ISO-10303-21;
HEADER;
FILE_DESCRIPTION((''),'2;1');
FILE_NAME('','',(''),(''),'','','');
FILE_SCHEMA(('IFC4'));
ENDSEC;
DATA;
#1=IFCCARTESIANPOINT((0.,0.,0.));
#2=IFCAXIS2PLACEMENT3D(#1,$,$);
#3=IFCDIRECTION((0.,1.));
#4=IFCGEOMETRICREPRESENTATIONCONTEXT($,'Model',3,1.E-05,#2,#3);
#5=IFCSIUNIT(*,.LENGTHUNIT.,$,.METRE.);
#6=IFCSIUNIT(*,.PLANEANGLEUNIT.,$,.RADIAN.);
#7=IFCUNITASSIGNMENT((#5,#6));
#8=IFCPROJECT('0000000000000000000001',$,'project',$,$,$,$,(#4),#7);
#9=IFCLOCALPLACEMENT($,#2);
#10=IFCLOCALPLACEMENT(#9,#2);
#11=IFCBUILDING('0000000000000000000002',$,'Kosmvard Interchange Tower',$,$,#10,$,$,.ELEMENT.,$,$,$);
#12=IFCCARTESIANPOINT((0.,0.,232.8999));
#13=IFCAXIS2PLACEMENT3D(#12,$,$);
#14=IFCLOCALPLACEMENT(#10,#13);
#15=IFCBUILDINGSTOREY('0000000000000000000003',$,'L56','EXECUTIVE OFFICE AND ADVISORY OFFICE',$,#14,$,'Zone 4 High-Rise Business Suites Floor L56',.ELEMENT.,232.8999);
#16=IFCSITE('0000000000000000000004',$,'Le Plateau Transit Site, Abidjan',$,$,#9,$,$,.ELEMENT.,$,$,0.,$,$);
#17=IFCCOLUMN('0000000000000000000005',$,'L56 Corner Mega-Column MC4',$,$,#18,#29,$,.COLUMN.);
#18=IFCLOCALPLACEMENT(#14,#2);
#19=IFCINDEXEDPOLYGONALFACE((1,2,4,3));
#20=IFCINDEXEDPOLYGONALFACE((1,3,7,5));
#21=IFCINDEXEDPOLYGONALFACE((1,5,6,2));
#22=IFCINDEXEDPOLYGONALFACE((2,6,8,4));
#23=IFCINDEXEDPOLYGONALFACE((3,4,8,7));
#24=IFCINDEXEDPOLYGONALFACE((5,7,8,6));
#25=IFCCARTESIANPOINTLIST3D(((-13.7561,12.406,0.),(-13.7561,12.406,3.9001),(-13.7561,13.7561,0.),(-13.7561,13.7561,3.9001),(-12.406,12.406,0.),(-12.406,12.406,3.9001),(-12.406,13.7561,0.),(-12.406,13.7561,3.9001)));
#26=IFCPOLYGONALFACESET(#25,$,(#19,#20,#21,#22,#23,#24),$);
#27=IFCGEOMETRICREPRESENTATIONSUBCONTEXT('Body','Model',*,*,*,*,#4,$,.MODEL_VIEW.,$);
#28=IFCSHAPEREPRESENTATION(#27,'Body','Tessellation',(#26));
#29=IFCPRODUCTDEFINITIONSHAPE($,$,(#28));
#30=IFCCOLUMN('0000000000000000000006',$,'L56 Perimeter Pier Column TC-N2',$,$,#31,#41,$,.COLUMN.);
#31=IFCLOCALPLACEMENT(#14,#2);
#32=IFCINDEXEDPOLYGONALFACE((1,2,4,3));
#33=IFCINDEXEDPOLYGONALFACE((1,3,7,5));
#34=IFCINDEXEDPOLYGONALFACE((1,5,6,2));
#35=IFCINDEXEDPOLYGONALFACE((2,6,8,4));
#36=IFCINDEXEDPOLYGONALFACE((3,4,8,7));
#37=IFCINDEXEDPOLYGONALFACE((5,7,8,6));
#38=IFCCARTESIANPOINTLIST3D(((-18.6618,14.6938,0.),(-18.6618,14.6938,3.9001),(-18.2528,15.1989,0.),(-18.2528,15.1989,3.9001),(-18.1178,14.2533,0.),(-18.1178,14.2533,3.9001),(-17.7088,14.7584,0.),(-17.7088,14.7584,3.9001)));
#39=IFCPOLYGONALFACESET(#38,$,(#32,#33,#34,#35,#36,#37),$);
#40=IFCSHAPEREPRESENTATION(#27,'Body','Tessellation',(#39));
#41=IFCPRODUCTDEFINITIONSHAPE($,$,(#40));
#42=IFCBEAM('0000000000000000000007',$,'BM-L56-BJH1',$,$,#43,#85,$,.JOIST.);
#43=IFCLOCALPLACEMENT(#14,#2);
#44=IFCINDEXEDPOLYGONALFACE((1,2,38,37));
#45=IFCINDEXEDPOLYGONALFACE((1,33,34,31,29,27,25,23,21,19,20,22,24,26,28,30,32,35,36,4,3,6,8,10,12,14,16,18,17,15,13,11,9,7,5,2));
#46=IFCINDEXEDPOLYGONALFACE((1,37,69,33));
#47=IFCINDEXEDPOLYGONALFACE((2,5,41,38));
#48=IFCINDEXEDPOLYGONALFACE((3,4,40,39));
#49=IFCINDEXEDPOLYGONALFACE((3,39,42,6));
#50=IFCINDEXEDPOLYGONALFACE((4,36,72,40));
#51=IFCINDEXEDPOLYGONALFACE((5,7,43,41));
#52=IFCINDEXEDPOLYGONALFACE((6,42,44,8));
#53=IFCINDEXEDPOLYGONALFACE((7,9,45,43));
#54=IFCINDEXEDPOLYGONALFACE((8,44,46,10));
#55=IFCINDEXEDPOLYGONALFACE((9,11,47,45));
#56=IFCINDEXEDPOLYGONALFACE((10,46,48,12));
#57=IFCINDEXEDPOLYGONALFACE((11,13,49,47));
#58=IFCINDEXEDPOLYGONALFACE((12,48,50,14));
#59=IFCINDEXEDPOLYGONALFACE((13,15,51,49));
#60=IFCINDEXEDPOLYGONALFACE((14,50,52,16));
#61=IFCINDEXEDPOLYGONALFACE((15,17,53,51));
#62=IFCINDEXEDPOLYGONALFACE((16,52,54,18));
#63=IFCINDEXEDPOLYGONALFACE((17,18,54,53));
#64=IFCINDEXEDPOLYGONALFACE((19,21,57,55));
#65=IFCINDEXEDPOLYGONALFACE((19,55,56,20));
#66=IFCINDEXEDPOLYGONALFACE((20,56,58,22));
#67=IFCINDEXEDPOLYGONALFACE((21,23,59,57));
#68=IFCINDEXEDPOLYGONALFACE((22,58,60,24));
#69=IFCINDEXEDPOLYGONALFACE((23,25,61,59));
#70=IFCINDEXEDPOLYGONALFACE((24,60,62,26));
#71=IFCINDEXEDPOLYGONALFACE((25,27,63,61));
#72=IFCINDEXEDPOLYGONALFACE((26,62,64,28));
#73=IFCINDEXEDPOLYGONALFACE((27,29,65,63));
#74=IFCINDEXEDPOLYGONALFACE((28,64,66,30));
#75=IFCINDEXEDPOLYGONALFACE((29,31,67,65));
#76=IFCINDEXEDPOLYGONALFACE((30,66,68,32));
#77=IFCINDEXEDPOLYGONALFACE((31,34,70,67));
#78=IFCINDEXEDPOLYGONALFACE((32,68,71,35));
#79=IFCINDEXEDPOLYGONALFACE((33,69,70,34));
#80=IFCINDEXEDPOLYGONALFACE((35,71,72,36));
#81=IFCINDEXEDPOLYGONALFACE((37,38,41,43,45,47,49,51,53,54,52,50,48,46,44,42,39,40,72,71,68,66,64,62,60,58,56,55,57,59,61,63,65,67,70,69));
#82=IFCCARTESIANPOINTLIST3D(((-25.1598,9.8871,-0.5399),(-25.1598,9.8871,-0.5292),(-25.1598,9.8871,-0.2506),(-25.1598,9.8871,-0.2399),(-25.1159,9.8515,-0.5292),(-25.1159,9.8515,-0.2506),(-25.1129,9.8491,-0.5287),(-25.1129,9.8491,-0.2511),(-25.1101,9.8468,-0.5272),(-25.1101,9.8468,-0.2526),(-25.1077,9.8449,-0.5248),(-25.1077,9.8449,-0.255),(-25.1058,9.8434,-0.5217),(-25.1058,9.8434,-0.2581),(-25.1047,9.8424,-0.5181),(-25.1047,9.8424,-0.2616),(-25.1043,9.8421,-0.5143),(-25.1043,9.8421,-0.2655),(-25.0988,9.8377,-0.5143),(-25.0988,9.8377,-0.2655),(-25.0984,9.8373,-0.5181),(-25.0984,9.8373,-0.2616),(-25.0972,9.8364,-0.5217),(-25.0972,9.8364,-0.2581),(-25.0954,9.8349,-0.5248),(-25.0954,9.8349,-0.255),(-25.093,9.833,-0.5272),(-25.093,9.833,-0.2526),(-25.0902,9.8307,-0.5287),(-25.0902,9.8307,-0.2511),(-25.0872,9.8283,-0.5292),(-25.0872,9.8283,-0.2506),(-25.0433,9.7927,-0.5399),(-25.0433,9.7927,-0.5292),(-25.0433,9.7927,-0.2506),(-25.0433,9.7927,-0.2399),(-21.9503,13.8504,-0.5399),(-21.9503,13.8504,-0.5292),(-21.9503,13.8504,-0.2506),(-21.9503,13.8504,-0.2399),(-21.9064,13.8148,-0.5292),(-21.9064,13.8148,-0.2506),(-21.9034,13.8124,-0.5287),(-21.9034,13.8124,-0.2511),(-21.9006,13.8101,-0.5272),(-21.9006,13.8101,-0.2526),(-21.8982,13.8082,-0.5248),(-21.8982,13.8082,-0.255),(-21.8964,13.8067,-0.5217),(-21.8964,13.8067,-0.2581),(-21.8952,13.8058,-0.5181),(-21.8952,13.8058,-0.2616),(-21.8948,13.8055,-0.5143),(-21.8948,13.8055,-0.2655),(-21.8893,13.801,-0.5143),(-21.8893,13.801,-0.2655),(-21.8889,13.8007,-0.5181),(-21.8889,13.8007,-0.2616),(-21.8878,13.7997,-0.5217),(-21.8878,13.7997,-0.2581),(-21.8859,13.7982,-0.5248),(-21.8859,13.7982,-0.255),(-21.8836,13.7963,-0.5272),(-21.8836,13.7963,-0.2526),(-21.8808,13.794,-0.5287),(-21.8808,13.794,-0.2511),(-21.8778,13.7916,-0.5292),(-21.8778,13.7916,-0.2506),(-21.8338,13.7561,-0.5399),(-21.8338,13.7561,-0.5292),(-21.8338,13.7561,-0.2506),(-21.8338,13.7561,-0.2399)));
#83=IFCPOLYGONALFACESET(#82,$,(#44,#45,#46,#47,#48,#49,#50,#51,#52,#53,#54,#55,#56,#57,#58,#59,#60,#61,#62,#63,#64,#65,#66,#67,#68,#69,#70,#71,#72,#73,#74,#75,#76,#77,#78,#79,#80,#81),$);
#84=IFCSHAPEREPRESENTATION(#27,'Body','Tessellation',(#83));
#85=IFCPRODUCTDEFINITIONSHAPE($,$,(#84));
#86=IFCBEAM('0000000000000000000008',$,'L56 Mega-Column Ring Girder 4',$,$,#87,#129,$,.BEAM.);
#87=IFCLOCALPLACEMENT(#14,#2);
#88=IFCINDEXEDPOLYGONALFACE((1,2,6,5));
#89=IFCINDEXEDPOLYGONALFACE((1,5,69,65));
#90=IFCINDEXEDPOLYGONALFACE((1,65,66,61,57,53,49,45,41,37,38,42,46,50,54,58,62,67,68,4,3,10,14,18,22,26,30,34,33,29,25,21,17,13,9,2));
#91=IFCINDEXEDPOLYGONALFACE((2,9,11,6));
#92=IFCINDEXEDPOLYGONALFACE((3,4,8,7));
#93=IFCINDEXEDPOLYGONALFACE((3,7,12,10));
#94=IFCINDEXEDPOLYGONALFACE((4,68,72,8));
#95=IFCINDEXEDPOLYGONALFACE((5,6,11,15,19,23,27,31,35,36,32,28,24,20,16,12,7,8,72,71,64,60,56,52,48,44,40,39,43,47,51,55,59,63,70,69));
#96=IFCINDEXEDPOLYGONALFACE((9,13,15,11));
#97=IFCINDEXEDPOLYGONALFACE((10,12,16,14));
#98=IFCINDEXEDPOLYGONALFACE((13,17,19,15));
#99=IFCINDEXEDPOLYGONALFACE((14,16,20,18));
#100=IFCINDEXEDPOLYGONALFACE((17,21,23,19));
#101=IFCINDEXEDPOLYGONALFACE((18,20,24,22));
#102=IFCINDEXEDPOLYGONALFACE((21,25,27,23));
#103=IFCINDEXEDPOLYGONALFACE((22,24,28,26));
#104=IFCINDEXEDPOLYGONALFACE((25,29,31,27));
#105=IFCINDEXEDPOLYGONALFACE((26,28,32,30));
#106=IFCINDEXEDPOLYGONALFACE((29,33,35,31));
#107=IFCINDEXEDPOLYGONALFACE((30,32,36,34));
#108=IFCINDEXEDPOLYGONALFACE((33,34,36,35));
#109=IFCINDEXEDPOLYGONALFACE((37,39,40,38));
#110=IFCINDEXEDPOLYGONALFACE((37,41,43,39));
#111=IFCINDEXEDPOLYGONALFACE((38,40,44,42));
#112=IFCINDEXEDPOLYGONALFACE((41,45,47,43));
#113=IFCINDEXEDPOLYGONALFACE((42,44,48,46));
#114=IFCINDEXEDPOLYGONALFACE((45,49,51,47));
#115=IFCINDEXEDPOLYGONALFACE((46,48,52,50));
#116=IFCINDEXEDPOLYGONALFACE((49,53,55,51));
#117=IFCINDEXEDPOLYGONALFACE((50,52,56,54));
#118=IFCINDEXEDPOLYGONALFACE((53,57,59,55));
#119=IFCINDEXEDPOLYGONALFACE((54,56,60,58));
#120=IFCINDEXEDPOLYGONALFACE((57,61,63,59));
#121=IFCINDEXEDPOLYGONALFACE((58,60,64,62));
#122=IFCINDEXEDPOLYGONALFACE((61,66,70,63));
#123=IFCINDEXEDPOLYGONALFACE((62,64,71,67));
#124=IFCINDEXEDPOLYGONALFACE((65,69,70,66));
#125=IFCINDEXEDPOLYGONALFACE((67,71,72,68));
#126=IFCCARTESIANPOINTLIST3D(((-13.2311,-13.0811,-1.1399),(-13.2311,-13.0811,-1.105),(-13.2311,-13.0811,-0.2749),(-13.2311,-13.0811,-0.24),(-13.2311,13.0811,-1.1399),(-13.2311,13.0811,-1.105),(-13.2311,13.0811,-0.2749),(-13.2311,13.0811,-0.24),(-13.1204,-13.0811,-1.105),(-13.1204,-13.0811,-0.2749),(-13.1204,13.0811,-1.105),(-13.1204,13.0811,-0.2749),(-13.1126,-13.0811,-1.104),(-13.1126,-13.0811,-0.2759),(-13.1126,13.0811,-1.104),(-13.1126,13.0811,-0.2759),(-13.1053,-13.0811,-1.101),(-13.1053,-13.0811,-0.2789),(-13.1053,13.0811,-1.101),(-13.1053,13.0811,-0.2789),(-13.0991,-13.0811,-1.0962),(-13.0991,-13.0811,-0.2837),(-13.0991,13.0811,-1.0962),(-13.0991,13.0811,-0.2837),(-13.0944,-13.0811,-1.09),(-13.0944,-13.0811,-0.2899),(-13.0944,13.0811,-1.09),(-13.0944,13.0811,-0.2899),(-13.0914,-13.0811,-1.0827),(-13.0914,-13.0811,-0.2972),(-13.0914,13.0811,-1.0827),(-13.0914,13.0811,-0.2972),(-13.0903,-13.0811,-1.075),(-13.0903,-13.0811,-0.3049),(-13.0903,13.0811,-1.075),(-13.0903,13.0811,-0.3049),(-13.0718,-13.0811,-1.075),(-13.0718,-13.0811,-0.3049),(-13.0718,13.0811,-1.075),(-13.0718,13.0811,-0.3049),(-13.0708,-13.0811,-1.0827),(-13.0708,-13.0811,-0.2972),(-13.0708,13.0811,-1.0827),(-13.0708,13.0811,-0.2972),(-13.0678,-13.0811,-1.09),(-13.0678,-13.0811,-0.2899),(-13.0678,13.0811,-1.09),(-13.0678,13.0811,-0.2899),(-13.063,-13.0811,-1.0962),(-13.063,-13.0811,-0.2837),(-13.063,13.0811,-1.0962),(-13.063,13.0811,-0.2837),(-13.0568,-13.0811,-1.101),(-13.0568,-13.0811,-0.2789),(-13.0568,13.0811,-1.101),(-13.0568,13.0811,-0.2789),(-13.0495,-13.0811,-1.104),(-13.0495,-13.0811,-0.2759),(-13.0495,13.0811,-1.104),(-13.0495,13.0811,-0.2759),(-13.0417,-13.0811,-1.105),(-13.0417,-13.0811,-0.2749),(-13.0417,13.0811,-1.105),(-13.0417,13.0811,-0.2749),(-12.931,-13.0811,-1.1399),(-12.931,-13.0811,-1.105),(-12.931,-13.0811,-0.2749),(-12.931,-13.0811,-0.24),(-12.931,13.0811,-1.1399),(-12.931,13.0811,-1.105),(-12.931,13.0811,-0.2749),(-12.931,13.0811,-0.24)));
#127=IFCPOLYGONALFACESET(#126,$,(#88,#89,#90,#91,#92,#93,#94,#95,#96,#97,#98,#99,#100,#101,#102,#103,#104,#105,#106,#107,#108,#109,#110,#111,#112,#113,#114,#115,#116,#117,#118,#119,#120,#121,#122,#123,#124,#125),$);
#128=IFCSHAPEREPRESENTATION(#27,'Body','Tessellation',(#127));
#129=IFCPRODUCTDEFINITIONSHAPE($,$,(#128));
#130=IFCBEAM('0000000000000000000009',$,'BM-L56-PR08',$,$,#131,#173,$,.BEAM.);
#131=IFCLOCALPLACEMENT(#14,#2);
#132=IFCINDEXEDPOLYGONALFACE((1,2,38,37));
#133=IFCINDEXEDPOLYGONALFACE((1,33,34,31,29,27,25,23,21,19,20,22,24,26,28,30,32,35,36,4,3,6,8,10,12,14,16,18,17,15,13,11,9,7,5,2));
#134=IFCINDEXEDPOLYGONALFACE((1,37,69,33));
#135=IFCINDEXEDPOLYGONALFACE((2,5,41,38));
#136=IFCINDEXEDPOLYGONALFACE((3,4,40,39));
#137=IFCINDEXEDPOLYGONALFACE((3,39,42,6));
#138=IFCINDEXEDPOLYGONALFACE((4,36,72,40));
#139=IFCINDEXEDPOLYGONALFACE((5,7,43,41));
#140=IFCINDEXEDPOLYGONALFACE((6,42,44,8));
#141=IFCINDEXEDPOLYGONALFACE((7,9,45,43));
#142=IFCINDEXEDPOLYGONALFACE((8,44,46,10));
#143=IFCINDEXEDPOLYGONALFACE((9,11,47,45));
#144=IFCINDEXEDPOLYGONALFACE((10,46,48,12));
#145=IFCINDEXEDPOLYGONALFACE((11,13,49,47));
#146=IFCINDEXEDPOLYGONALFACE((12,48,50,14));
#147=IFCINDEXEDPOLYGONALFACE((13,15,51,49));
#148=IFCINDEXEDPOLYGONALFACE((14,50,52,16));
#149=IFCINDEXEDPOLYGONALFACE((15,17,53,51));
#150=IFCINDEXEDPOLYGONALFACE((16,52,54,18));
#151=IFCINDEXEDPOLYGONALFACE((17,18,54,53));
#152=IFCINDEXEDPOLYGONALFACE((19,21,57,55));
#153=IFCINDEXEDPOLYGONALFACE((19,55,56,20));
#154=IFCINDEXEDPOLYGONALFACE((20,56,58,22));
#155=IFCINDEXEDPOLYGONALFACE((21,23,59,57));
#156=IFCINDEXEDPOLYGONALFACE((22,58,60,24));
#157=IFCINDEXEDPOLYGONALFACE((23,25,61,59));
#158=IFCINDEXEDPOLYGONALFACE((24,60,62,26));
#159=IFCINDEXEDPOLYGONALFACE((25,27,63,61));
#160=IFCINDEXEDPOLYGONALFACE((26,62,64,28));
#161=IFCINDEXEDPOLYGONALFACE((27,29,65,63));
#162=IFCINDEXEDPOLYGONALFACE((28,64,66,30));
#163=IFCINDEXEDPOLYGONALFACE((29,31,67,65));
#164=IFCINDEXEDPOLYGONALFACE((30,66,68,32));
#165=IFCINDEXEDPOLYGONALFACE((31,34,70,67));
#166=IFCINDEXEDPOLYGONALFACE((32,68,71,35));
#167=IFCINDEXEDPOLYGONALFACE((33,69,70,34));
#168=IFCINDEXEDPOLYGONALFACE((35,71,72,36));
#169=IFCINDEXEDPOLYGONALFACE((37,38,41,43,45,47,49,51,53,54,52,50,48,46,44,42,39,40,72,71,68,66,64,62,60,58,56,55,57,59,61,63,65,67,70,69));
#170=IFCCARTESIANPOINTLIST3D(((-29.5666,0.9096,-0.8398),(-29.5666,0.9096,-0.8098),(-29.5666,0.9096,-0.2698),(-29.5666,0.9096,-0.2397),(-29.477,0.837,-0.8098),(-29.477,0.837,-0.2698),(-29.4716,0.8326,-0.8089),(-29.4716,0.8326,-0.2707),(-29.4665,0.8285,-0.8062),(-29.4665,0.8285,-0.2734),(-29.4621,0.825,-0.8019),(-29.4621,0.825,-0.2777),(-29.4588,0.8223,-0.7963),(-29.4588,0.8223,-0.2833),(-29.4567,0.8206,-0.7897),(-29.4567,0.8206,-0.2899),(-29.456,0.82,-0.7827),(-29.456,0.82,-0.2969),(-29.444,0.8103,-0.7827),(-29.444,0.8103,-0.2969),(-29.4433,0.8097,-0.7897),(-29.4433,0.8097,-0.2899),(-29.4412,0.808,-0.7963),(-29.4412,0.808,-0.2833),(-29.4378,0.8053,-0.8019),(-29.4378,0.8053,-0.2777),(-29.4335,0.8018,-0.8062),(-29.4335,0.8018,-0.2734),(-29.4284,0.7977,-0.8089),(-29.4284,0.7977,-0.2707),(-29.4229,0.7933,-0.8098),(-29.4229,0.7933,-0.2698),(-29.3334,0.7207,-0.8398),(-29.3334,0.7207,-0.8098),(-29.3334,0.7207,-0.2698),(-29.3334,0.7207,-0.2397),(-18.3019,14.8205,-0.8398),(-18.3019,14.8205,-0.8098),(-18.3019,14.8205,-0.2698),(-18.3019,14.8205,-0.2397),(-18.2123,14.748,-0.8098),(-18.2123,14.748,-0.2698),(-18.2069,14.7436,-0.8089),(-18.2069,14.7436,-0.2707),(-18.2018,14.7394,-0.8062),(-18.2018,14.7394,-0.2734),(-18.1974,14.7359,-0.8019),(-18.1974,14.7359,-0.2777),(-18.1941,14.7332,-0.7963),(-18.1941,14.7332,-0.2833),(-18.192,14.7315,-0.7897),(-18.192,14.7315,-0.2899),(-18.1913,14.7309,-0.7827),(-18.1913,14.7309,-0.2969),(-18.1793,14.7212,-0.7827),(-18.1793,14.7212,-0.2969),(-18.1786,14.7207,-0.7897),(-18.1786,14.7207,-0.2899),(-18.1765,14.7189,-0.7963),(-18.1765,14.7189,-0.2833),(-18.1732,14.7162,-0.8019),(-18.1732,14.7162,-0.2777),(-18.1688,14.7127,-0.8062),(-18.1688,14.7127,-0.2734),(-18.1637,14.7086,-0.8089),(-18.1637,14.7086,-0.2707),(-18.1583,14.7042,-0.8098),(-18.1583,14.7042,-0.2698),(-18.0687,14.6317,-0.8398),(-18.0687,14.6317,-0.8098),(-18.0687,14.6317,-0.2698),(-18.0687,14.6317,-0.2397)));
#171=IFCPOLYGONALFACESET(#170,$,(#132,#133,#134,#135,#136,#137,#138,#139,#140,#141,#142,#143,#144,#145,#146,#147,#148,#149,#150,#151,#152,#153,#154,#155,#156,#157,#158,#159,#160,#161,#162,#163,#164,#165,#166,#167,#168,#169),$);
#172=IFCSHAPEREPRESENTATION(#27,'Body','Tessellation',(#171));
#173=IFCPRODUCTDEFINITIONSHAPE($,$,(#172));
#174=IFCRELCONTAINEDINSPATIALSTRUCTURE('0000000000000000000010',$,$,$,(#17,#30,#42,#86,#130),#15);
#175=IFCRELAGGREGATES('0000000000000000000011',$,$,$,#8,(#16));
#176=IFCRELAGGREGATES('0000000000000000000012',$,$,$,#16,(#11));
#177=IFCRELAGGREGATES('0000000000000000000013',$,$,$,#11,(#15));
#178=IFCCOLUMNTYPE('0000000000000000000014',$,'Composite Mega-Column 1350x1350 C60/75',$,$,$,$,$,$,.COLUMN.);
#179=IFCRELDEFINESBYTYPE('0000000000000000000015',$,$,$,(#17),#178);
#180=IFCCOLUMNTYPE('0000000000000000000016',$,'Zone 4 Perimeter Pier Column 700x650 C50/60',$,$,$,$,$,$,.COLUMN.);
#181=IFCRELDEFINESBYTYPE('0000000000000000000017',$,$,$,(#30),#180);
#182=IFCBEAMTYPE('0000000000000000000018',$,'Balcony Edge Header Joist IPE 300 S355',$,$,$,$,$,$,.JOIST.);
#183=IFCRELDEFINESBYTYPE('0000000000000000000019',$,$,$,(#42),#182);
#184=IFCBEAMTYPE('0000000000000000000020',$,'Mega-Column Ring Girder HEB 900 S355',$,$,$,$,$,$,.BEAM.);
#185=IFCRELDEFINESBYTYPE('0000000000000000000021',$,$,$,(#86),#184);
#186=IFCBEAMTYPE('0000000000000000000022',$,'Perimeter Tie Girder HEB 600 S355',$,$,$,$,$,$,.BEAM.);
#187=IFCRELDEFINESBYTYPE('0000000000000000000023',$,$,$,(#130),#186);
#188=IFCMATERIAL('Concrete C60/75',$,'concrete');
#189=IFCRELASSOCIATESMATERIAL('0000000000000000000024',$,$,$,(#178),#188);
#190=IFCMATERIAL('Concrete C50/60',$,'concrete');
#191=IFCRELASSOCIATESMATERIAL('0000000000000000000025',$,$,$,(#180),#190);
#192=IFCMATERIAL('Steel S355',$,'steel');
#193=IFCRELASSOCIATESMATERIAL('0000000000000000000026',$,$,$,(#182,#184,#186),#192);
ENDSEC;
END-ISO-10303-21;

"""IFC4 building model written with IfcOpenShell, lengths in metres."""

from ifc_helpers import new_model, si_unit, direction, frame, origin, origin_2d, place, context, subcontext, project, spatial, rectangle, i_section, extrude, source, transform, mapped, material, material_profile, profile_set, type_object, element, save


model = new_model("IFC4")

# Units and contexts
model_context = context("Model", 3, precision=1e-05, world=origin(), true_north=direction((0.0, 1.0)))
body_context = subcontext(model_context, "Body", "Model", "MODEL_VIEW")
ifc_project = project(units=[si_unit("LENGTHUNIT", "METRE"), si_unit("PLANEANGLEUNIT", "RADIAN")], contexts=[model_context])

# Site, building, storey
site_placement = place(None, origin())
site = spatial("IfcSite", under=ifc_project, at=site_placement, Name="Le Plateau Transit Site, Abidjan", CompositionType="ELEMENT", RefElevation=0.0)
building_placement = place(site_placement, origin())
building = spatial("IfcBuilding", under=site, at=building_placement, Name="Kosmvard Interchange Tower", CompositionType="ELEMENT")
storey_placement = place(building_placement, frame((0.0, 0.0, 232.8999)))
storey = spatial("IfcBuildingStorey", under=building, at=storey_placement, Name="L56", Description="EXECUTIVE OFFICE AND ADVISORY OFFICE", LongName="Zone 4 High-Rise Business Suites Floor L56", CompositionType="ELEMENT", Elevation=232.8999)

# Columns
ifc_material_1 = material(Name="Concrete C60/75", Category="concrete")
ifc_material_profile_1 = material_profile(ifc_material_1, rectangle(XDim=1.3501, YDim=1.3501, at=origin_2d()), Name="MC 1350x1350")
ifc_profile_set_1 = profile_set([ifc_material_profile_1], Name="Concrete C60/75")
column_type_1 = type_object("IfcColumnType", Name="Composite Mega-Column 1350x1350 C60/75", PredefinedType="COLUMN", material=ifc_profile_set_1)
shared_shape_1 = source(origin(), body_context, "Body", "SweptSolid", [
    extrude(rectangle(XDim=1.3501, YDim=1.3501, at=origin_2d()), origin(), (0.0, 0.0, 1.0), 3.9001),
])
column_1_placement = place(storey_placement, frame((-13.0811, 13.0811, 0.0), z_axis=(0.0, 0.0, 1.0), x_axis=(1.0, 0.0, 0.0)))
element("IfcColumn", 1, at=column_1_placement, inside=storey, type_object=column_type_1, Name="L56 Corner Mega-Column MC4", PredefinedType="COLUMN", context=body_context, shape_type="MappedRepresentation", body=[
    mapped(shared_shape_1, transform((0.0, 0.0, 0.0), scale=1.0)),
])
ifc_material_2 = material(Name="Concrete C50/60", Category="concrete")
ifc_material_profile_2 = material_profile(ifc_material_2, rectangle(XDim=0.6499, YDim=0.7, at=origin_2d()), Name="TC 700x650")
ifc_profile_set_2 = profile_set([ifc_material_profile_2], Name="Concrete C50/60")
column_type_2 = type_object("IfcColumnType", Name="Zone 4 Perimeter Pier Column 700x650 C50/60", PredefinedType="COLUMN", material=ifc_profile_set_2)
shared_shape_2 = source(origin(), body_context, "Body", "SweptSolid", [
    extrude(rectangle(XDim=0.6499, YDim=0.7, at=origin_2d()), origin(), (0.0, 0.0, 1.0), 3.9001),
])
column_2_placement = place(storey_placement, frame((-18.1853, 14.7261, 0.0), z_axis=(0.0, 0.0, 1.0), x_axis=(0.62932, 0.777146, 0.0)))
element("IfcColumn", 2, at=column_2_placement, inside=storey, type_object=column_type_2, Name="L56 Perimeter Pier Column TC-N2", PredefinedType="COLUMN", context=body_context, shape_type="MappedRepresentation", body=[
    mapped(shared_shape_2, transform((0.0, 0.0, 0.0), scale=1.0)),
])

# Beams
ifc_material_3 = material(Name="Steel S355", Category="steel")
ifc_material_profile_3 = material_profile(ifc_material_3, i_section(OverallWidth=0.1499, OverallDepth=0.3, WebThickness=0.0071, FlangeThickness=0.0107, FilletRadius=0.0149, at=origin_2d()), Name="IPE 300")
ifc_profile_set_3 = profile_set([ifc_material_profile_3], Name="Steel S355")
beam_type_1 = type_object("IfcBeamType", Name="Balcony Edge Header Joist IPE 300 S355", PredefinedType="JOIST", material=ifc_profile_set_3)
shared_shape_3 = source(origin(), body_context, "Body", "SweptSolid", [
    extrude(i_section(OverallWidth=0.1499, OverallDepth=0.3, WebThickness=0.0071, FlangeThickness=0.0107, FilletRadius=0.0149, at=origin_2d()), origin(), (0.0, 0.0, 1.0), 5.0999),
])
beam_1_placement = place(storey_placement, frame((-21.8921, 13.8032, -0.3899), z_axis=(-0.629319, -0.777147, 0.0), x_axis=(0.777147, -0.629319, 0.0)))
element("IfcBeam", 3, at=beam_1_placement, inside=storey, type_object=beam_type_1, Name="BM-L56-BJH1", PredefinedType="JOIST", context=body_context, shape_type="MappedRepresentation", body=[
    mapped(shared_shape_3, transform((0.0, 0.0, 0.0), scale=1.0)),
])
ifc_material_profile_4 = material_profile(ifc_material_3, i_section(OverallWidth=0.3, OverallDepth=0.8999, WebThickness=0.0186, FlangeThickness=0.0349, FilletRadius=0.03, at=origin_2d()), Name="HEB 900")
ifc_profile_set_4 = profile_set([ifc_material_profile_4], Name="Steel S355")
beam_type_2 = type_object("IfcBeamType", Name="Mega-Column Ring Girder HEB 900 S355", PredefinedType="BEAM", material=ifc_profile_set_4)
shared_shape_4 = source(origin(), body_context, "Body", "SweptSolid", [
    extrude(i_section(OverallWidth=0.3, OverallDepth=0.8999, WebThickness=0.0186, FlangeThickness=0.0349, FilletRadius=0.03, at=origin_2d()), origin(), (0.0, 0.0, 1.0), 26.1621),
])
beam_2_placement = place(storey_placement, frame((-13.0811, 13.0811, -0.6899), z_axis=(0.0, -1.0, 0.0), x_axis=(1.0, 0.0, 0.0)))
element("IfcBeam", 4, at=beam_2_placement, inside=storey, type_object=beam_type_2, Name="L56 Mega-Column Ring Girder 4", PredefinedType="BEAM", context=body_context, shape_type="MappedRepresentation", body=[
    mapped(shared_shape_4, transform((0.0, 0.0, 0.0), scale=1.0)),
])
ifc_material_profile_5 = material_profile(ifc_material_3, i_section(OverallWidth=0.3, OverallDepth=0.6001, WebThickness=0.0154, FlangeThickness=0.03, FilletRadius=0.0271, at=origin_2d()), Name="HEB 600")
ifc_profile_set_5 = profile_set([ifc_material_profile_5], Name="Steel S355")
beam_type_3 = type_object("IfcBeamType", Name="Perimeter Tie Girder HEB 600 S355", PredefinedType="BEAM", material=ifc_profile_set_5)
shared_shape_5 = source(origin(), body_context, "Body", "SweptSolid", [
    extrude(i_section(OverallWidth=0.3, OverallDepth=0.6001, WebThickness=0.0154, FlangeThickness=0.03, FilletRadius=0.0271, at=origin_2d()), origin(), (0.0, 0.0, 1.0), 17.8999),
])
beam_3_placement = place(storey_placement, frame((-18.1853, 14.7261, -0.5398), z_axis=(-0.629315, -0.777151, 0.0), x_axis=(0.777151, -0.629315, 0.0)))
element("IfcBeam", 5, at=beam_3_placement, inside=storey, type_object=beam_type_3, Name="BM-L56-PR08", PredefinedType="BEAM", context=body_context, shape_type="MappedRepresentation", body=[
    mapped(shared_shape_5, transform((0.0, 0.0, 0.0), scale=1.0)),
])

save(model, "model.ifc")
